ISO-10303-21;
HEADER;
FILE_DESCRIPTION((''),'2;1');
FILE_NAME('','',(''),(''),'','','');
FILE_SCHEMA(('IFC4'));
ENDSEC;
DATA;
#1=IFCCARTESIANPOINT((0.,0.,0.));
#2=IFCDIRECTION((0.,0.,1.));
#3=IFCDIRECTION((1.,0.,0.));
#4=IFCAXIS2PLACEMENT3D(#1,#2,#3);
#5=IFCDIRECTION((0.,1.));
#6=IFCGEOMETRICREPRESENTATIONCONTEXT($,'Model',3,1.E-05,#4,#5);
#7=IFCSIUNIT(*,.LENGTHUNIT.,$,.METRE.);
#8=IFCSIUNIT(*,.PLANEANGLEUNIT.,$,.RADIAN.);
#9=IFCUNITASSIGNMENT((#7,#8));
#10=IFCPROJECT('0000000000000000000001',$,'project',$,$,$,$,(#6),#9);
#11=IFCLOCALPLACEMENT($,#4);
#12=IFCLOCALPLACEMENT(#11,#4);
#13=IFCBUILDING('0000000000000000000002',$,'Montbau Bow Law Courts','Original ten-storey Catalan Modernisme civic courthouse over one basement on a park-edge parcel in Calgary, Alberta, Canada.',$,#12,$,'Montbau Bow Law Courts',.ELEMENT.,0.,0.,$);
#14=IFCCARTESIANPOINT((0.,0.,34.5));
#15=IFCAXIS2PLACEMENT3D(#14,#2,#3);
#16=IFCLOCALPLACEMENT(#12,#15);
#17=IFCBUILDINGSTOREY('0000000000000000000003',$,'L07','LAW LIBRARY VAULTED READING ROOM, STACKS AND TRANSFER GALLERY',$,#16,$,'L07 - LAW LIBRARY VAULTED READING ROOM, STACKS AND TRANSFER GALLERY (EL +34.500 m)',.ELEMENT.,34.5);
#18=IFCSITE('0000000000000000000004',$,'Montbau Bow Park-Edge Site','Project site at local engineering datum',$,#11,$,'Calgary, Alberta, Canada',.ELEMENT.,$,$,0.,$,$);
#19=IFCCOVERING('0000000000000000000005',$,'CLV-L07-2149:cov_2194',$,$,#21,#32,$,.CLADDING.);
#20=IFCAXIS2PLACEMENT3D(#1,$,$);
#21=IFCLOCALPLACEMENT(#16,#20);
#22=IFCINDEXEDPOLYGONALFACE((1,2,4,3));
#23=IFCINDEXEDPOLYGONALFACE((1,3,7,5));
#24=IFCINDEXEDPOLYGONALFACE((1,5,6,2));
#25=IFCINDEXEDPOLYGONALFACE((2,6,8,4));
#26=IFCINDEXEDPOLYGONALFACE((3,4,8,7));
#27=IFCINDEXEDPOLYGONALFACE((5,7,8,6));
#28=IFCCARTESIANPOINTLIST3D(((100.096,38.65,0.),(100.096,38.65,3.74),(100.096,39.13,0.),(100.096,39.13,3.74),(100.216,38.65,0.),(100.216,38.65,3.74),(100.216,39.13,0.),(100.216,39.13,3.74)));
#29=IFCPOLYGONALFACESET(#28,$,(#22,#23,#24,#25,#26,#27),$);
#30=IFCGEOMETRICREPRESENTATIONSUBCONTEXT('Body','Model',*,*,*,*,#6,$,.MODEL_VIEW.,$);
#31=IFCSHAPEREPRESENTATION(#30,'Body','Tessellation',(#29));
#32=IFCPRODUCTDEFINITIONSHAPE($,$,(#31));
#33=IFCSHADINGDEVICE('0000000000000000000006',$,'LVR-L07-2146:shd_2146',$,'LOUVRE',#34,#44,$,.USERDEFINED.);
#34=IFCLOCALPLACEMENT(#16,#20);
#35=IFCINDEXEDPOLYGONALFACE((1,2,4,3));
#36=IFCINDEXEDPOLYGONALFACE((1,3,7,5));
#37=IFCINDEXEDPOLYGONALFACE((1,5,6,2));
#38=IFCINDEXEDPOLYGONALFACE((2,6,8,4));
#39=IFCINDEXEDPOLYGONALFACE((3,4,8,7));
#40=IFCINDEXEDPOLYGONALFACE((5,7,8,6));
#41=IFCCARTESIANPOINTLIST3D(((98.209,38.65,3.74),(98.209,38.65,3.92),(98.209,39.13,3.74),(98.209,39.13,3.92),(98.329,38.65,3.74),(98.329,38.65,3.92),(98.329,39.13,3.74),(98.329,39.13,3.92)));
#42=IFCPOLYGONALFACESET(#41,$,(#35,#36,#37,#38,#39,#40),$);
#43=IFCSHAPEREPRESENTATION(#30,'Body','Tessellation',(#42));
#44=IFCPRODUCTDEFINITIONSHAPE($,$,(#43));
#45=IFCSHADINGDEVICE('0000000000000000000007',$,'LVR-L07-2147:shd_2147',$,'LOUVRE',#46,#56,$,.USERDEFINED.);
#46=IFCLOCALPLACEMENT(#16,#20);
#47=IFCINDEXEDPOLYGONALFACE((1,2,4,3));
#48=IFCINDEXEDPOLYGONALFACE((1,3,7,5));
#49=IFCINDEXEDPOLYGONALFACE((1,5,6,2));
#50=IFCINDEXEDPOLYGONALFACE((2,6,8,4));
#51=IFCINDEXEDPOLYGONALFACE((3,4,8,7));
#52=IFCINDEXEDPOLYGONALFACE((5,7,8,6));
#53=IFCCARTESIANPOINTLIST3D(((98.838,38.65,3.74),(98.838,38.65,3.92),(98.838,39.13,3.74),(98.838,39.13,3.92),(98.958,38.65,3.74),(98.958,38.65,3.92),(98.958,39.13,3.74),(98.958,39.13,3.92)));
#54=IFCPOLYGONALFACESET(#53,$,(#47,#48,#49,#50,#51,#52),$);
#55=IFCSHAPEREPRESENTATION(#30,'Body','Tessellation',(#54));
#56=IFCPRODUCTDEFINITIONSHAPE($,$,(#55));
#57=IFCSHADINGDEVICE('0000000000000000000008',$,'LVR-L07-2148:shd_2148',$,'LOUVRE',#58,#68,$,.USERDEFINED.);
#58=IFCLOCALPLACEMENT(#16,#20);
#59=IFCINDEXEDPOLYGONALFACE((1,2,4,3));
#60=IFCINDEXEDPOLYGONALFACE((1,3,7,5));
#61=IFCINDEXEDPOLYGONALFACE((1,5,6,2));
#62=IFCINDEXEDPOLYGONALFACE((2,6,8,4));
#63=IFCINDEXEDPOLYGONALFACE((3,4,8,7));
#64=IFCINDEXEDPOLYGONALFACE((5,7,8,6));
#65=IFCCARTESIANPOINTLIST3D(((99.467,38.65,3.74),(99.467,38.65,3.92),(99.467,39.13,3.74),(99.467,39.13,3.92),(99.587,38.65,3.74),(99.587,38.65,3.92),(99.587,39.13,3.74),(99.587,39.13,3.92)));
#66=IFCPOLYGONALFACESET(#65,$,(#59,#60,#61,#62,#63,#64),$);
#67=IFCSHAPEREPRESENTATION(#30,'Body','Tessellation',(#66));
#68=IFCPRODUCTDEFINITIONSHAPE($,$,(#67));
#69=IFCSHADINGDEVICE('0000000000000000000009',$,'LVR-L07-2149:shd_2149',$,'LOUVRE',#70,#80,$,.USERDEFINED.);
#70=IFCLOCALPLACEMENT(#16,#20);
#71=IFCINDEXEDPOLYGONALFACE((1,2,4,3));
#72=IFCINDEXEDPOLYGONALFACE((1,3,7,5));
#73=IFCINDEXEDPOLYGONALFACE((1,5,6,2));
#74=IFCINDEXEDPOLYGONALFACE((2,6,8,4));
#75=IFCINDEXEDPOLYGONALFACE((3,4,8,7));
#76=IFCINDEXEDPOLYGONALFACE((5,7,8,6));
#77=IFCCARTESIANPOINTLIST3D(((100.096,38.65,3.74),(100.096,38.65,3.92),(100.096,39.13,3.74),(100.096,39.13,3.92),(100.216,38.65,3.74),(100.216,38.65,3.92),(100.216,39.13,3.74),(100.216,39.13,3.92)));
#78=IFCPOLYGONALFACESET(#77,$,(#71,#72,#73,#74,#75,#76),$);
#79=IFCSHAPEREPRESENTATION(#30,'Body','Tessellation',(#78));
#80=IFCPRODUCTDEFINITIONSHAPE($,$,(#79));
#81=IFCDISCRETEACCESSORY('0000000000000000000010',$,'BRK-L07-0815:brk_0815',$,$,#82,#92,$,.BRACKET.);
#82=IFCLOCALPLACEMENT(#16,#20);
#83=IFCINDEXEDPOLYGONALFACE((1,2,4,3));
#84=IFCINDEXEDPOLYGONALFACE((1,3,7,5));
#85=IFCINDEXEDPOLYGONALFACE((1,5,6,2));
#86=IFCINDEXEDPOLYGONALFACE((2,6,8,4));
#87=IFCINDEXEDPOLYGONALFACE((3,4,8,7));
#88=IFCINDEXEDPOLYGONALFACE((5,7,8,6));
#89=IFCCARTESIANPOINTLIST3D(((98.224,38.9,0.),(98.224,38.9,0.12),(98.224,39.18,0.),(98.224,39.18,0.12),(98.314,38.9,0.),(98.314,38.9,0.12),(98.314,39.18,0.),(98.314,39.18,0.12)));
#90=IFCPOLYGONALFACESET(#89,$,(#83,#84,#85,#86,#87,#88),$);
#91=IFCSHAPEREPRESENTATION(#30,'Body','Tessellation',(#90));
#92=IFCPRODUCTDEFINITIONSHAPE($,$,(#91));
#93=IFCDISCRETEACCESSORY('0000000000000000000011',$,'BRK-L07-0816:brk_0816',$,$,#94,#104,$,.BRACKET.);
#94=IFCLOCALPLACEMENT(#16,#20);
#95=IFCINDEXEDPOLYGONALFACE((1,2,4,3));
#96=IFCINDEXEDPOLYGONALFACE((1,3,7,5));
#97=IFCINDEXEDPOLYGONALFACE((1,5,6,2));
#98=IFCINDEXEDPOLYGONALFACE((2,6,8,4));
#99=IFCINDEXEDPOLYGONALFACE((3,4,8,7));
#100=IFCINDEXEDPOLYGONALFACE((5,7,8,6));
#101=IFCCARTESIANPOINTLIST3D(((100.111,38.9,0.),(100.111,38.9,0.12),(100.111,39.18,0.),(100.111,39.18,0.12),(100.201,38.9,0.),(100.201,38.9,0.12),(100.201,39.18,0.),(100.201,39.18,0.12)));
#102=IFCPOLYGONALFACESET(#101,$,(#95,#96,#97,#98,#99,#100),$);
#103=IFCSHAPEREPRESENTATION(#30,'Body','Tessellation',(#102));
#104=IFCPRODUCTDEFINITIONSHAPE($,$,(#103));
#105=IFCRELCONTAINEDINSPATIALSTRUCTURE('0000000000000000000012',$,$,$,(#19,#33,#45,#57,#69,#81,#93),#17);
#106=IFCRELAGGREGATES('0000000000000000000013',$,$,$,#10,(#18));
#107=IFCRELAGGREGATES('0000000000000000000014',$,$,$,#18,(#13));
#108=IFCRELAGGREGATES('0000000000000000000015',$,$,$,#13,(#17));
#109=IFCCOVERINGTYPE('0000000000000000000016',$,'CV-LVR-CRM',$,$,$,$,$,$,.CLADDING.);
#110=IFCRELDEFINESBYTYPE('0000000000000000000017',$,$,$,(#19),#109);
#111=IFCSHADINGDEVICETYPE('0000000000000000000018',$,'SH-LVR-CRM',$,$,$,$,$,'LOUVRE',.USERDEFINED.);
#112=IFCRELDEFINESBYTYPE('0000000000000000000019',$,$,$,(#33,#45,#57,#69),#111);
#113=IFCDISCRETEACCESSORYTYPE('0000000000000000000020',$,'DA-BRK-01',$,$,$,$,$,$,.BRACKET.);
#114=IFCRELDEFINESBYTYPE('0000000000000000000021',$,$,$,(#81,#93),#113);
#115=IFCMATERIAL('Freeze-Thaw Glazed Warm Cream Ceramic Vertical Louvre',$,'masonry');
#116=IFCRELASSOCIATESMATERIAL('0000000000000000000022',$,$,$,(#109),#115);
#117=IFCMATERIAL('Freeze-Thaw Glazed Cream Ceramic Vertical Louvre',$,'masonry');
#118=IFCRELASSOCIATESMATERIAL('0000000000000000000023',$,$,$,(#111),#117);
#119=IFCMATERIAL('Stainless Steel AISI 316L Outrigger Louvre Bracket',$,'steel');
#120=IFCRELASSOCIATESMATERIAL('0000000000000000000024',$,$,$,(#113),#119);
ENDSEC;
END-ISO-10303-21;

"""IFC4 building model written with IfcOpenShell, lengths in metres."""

from ifc_helpers import new_model, si_unit, direction, frame, frame_2d, origin_with_axes, origin_2d_with_axis, place, context, subcontext, project, spatial, rectangle, extrude, material, type_object, element, save


model = new_model("IFC4")

# Units and contexts
model_context = context("Model", 3, precision=1e-05, world=origin_with_axes(), true_north=direction((0.0, 1.0)))
body_context = subcontext(model_context, "Body", "Model", "MODEL_VIEW")
ifc_project = project(units=[si_unit("LENGTHUNIT", "METRE"), si_unit("PLANEANGLEUNIT", "RADIAN")], contexts=[model_context])

# Site, building, storey
site_placement = place(None, origin_with_axes())
site = spatial("IfcSite", under=ifc_project, at=site_placement, Name="Montbau Bow Park-Edge Site", Description="Project site at local engineering datum", LongName="Calgary, Alberta, Canada", CompositionType="ELEMENT", RefElevation=0.0)
building_placement = place(site_placement, origin_with_axes())
building = spatial("IfcBuilding", under=site, at=building_placement, Name="Montbau Bow Law Courts", Description="Original ten-storey Catalan Modernisme civic courthouse over one basement on a park-edge parcel in Calgary, Alberta, Canada.", LongName="Montbau Bow Law Courts", CompositionType="ELEMENT", ElevationOfRefHeight=0.0, ElevationOfTerrain=0.0)
storey_placement = place(building_placement, frame((0.0, 0.0, 34.5), z_axis=(0.0, 0.0, 1.0), x_axis=(1.0, 0.0, 0.0)))
storey = spatial("IfcBuildingStorey", under=building, at=storey_placement, Name="L07", Description="LAW LIBRARY VAULTED READING ROOM, STACKS AND TRANSFER GALLERY", LongName="L07 - LAW LIBRARY VAULTED READING ROOM, STACKS AND TRANSFER GALLERY (EL +34.500 m)", CompositionType="ELEMENT", Elevation=34.5)

# Covering
ifc_material_1 = material(Name="Freeze-Thaw Glazed Warm Cream Ceramic Vertical Louvre", Category="masonry")
covering_type = type_object("IfcCoveringType", Name="CV-LVR-CRM", PredefinedType="CLADDING", material=ifc_material_1)
for number, where, z_axis, x_axis, name in (
    (1, (100.156, 39.13, 34.5), (-1.0, 0.0, 0.0), (0.0, -1.0, 0.0), "CLV-L07-2149:cov_2194"),
):
    element("IfcCovering", number, at=place(None, frame(where, z_axis=z_axis, x_axis=x_axis)), inside=storey, type_object=covering_type, Name=name, PredefinedType="CLADDING", context=body_context, shape_type="SweptSolid", body=[
        extrude(rectangle(XDim=0.48, YDim=3.74, at=frame_2d((0.24, 1.87), x_axis=(1.0, 0.0))), frame((0.0, 0.0, -0.06), z_axis=(0.0, 0.0, 1.0), x_axis=(1.0, 0.0, 0.0)), (0.0, 0.0, 1.0), 0.12),
    ])

# Shading devices
ifc_material_2 = material(Name="Freeze-Thaw Glazed Cream Ceramic Vertical Louvre", Category="masonry")
shading_device_type = type_object("IfcShadingDeviceType", Name="SH-LVR-CRM", ElementType="LOUVRE", PredefinedType="USERDEFINED", material=ifc_material_2)
for number, where, z_axis, x_axis, name in (
    (2, (98.269, 38.89, 38.24), (0.0, 0.0, 1.0), (0.0, -1.0, 0.0), "LVR-L07-2146:shd_2146"),
    (3, (98.898, 38.89, 38.24), (0.0, 0.0, 1.0), (0.0, -1.0, 0.0), "LVR-L07-2147:shd_2147"),
    (4, (99.527, 38.89, 38.24), (0.0, 0.0, 1.0), (0.0, -1.0, 0.0), "LVR-L07-2148:shd_2148"),
    (5, (100.156, 38.89, 38.24), (0.0, 0.0, 1.0), (0.0, -1.0, 0.0), "LVR-L07-2149:shd_2149"),
):
    element("IfcShadingDevice", number, at=place(None, frame(where, z_axis=z_axis, x_axis=x_axis)), inside=storey, type_object=shading_device_type, Name=name, ObjectType="LOUVRE", PredefinedType="USERDEFINED", context=body_context, shape_type="SweptSolid", body=[
        extrude(rectangle(XDim=0.48, YDim=0.12, at=origin_2d_with_axis()), origin_with_axes(), (0.0, 0.0, 1.0), 0.18),
    ])

# Discrete accessories
ifc_material_3 = material(Name="Stainless Steel AISI 316L Outrigger Louvre Bracket", Category="steel")
discrete_accessory_type = type_object("IfcDiscreteAccessoryType", Name="DA-BRK-01", PredefinedType="BRACKET", material=ifc_material_3)
for number, where, z_axis, x_axis, name in (
    (6, (98.269, 39.04, 34.5), (0.0, 0.0, 1.0), (0.0, -1.0, 0.0), "BRK-L07-0815:brk_0815"),
    (7, (100.156, 39.04, 34.5), (0.0, 0.0, 1.0), (0.0, -1.0, 0.0), "BRK-L07-0816:brk_0816"),
):
    element("IfcDiscreteAccessory", number, at=place(None, frame(where, z_axis=z_axis, x_axis=x_axis)), inside=storey, type_object=discrete_accessory_type, Name=name, PredefinedType="BRACKET", context=body_context, shape_type="SweptSolid", body=[
        extrude(rectangle(XDim=0.28, YDim=0.09, at=origin_2d_with_axis()), origin_with_axes(), (0.0, 0.0, 1.0), 0.12),
    ])

save(model, "model.ifc")
